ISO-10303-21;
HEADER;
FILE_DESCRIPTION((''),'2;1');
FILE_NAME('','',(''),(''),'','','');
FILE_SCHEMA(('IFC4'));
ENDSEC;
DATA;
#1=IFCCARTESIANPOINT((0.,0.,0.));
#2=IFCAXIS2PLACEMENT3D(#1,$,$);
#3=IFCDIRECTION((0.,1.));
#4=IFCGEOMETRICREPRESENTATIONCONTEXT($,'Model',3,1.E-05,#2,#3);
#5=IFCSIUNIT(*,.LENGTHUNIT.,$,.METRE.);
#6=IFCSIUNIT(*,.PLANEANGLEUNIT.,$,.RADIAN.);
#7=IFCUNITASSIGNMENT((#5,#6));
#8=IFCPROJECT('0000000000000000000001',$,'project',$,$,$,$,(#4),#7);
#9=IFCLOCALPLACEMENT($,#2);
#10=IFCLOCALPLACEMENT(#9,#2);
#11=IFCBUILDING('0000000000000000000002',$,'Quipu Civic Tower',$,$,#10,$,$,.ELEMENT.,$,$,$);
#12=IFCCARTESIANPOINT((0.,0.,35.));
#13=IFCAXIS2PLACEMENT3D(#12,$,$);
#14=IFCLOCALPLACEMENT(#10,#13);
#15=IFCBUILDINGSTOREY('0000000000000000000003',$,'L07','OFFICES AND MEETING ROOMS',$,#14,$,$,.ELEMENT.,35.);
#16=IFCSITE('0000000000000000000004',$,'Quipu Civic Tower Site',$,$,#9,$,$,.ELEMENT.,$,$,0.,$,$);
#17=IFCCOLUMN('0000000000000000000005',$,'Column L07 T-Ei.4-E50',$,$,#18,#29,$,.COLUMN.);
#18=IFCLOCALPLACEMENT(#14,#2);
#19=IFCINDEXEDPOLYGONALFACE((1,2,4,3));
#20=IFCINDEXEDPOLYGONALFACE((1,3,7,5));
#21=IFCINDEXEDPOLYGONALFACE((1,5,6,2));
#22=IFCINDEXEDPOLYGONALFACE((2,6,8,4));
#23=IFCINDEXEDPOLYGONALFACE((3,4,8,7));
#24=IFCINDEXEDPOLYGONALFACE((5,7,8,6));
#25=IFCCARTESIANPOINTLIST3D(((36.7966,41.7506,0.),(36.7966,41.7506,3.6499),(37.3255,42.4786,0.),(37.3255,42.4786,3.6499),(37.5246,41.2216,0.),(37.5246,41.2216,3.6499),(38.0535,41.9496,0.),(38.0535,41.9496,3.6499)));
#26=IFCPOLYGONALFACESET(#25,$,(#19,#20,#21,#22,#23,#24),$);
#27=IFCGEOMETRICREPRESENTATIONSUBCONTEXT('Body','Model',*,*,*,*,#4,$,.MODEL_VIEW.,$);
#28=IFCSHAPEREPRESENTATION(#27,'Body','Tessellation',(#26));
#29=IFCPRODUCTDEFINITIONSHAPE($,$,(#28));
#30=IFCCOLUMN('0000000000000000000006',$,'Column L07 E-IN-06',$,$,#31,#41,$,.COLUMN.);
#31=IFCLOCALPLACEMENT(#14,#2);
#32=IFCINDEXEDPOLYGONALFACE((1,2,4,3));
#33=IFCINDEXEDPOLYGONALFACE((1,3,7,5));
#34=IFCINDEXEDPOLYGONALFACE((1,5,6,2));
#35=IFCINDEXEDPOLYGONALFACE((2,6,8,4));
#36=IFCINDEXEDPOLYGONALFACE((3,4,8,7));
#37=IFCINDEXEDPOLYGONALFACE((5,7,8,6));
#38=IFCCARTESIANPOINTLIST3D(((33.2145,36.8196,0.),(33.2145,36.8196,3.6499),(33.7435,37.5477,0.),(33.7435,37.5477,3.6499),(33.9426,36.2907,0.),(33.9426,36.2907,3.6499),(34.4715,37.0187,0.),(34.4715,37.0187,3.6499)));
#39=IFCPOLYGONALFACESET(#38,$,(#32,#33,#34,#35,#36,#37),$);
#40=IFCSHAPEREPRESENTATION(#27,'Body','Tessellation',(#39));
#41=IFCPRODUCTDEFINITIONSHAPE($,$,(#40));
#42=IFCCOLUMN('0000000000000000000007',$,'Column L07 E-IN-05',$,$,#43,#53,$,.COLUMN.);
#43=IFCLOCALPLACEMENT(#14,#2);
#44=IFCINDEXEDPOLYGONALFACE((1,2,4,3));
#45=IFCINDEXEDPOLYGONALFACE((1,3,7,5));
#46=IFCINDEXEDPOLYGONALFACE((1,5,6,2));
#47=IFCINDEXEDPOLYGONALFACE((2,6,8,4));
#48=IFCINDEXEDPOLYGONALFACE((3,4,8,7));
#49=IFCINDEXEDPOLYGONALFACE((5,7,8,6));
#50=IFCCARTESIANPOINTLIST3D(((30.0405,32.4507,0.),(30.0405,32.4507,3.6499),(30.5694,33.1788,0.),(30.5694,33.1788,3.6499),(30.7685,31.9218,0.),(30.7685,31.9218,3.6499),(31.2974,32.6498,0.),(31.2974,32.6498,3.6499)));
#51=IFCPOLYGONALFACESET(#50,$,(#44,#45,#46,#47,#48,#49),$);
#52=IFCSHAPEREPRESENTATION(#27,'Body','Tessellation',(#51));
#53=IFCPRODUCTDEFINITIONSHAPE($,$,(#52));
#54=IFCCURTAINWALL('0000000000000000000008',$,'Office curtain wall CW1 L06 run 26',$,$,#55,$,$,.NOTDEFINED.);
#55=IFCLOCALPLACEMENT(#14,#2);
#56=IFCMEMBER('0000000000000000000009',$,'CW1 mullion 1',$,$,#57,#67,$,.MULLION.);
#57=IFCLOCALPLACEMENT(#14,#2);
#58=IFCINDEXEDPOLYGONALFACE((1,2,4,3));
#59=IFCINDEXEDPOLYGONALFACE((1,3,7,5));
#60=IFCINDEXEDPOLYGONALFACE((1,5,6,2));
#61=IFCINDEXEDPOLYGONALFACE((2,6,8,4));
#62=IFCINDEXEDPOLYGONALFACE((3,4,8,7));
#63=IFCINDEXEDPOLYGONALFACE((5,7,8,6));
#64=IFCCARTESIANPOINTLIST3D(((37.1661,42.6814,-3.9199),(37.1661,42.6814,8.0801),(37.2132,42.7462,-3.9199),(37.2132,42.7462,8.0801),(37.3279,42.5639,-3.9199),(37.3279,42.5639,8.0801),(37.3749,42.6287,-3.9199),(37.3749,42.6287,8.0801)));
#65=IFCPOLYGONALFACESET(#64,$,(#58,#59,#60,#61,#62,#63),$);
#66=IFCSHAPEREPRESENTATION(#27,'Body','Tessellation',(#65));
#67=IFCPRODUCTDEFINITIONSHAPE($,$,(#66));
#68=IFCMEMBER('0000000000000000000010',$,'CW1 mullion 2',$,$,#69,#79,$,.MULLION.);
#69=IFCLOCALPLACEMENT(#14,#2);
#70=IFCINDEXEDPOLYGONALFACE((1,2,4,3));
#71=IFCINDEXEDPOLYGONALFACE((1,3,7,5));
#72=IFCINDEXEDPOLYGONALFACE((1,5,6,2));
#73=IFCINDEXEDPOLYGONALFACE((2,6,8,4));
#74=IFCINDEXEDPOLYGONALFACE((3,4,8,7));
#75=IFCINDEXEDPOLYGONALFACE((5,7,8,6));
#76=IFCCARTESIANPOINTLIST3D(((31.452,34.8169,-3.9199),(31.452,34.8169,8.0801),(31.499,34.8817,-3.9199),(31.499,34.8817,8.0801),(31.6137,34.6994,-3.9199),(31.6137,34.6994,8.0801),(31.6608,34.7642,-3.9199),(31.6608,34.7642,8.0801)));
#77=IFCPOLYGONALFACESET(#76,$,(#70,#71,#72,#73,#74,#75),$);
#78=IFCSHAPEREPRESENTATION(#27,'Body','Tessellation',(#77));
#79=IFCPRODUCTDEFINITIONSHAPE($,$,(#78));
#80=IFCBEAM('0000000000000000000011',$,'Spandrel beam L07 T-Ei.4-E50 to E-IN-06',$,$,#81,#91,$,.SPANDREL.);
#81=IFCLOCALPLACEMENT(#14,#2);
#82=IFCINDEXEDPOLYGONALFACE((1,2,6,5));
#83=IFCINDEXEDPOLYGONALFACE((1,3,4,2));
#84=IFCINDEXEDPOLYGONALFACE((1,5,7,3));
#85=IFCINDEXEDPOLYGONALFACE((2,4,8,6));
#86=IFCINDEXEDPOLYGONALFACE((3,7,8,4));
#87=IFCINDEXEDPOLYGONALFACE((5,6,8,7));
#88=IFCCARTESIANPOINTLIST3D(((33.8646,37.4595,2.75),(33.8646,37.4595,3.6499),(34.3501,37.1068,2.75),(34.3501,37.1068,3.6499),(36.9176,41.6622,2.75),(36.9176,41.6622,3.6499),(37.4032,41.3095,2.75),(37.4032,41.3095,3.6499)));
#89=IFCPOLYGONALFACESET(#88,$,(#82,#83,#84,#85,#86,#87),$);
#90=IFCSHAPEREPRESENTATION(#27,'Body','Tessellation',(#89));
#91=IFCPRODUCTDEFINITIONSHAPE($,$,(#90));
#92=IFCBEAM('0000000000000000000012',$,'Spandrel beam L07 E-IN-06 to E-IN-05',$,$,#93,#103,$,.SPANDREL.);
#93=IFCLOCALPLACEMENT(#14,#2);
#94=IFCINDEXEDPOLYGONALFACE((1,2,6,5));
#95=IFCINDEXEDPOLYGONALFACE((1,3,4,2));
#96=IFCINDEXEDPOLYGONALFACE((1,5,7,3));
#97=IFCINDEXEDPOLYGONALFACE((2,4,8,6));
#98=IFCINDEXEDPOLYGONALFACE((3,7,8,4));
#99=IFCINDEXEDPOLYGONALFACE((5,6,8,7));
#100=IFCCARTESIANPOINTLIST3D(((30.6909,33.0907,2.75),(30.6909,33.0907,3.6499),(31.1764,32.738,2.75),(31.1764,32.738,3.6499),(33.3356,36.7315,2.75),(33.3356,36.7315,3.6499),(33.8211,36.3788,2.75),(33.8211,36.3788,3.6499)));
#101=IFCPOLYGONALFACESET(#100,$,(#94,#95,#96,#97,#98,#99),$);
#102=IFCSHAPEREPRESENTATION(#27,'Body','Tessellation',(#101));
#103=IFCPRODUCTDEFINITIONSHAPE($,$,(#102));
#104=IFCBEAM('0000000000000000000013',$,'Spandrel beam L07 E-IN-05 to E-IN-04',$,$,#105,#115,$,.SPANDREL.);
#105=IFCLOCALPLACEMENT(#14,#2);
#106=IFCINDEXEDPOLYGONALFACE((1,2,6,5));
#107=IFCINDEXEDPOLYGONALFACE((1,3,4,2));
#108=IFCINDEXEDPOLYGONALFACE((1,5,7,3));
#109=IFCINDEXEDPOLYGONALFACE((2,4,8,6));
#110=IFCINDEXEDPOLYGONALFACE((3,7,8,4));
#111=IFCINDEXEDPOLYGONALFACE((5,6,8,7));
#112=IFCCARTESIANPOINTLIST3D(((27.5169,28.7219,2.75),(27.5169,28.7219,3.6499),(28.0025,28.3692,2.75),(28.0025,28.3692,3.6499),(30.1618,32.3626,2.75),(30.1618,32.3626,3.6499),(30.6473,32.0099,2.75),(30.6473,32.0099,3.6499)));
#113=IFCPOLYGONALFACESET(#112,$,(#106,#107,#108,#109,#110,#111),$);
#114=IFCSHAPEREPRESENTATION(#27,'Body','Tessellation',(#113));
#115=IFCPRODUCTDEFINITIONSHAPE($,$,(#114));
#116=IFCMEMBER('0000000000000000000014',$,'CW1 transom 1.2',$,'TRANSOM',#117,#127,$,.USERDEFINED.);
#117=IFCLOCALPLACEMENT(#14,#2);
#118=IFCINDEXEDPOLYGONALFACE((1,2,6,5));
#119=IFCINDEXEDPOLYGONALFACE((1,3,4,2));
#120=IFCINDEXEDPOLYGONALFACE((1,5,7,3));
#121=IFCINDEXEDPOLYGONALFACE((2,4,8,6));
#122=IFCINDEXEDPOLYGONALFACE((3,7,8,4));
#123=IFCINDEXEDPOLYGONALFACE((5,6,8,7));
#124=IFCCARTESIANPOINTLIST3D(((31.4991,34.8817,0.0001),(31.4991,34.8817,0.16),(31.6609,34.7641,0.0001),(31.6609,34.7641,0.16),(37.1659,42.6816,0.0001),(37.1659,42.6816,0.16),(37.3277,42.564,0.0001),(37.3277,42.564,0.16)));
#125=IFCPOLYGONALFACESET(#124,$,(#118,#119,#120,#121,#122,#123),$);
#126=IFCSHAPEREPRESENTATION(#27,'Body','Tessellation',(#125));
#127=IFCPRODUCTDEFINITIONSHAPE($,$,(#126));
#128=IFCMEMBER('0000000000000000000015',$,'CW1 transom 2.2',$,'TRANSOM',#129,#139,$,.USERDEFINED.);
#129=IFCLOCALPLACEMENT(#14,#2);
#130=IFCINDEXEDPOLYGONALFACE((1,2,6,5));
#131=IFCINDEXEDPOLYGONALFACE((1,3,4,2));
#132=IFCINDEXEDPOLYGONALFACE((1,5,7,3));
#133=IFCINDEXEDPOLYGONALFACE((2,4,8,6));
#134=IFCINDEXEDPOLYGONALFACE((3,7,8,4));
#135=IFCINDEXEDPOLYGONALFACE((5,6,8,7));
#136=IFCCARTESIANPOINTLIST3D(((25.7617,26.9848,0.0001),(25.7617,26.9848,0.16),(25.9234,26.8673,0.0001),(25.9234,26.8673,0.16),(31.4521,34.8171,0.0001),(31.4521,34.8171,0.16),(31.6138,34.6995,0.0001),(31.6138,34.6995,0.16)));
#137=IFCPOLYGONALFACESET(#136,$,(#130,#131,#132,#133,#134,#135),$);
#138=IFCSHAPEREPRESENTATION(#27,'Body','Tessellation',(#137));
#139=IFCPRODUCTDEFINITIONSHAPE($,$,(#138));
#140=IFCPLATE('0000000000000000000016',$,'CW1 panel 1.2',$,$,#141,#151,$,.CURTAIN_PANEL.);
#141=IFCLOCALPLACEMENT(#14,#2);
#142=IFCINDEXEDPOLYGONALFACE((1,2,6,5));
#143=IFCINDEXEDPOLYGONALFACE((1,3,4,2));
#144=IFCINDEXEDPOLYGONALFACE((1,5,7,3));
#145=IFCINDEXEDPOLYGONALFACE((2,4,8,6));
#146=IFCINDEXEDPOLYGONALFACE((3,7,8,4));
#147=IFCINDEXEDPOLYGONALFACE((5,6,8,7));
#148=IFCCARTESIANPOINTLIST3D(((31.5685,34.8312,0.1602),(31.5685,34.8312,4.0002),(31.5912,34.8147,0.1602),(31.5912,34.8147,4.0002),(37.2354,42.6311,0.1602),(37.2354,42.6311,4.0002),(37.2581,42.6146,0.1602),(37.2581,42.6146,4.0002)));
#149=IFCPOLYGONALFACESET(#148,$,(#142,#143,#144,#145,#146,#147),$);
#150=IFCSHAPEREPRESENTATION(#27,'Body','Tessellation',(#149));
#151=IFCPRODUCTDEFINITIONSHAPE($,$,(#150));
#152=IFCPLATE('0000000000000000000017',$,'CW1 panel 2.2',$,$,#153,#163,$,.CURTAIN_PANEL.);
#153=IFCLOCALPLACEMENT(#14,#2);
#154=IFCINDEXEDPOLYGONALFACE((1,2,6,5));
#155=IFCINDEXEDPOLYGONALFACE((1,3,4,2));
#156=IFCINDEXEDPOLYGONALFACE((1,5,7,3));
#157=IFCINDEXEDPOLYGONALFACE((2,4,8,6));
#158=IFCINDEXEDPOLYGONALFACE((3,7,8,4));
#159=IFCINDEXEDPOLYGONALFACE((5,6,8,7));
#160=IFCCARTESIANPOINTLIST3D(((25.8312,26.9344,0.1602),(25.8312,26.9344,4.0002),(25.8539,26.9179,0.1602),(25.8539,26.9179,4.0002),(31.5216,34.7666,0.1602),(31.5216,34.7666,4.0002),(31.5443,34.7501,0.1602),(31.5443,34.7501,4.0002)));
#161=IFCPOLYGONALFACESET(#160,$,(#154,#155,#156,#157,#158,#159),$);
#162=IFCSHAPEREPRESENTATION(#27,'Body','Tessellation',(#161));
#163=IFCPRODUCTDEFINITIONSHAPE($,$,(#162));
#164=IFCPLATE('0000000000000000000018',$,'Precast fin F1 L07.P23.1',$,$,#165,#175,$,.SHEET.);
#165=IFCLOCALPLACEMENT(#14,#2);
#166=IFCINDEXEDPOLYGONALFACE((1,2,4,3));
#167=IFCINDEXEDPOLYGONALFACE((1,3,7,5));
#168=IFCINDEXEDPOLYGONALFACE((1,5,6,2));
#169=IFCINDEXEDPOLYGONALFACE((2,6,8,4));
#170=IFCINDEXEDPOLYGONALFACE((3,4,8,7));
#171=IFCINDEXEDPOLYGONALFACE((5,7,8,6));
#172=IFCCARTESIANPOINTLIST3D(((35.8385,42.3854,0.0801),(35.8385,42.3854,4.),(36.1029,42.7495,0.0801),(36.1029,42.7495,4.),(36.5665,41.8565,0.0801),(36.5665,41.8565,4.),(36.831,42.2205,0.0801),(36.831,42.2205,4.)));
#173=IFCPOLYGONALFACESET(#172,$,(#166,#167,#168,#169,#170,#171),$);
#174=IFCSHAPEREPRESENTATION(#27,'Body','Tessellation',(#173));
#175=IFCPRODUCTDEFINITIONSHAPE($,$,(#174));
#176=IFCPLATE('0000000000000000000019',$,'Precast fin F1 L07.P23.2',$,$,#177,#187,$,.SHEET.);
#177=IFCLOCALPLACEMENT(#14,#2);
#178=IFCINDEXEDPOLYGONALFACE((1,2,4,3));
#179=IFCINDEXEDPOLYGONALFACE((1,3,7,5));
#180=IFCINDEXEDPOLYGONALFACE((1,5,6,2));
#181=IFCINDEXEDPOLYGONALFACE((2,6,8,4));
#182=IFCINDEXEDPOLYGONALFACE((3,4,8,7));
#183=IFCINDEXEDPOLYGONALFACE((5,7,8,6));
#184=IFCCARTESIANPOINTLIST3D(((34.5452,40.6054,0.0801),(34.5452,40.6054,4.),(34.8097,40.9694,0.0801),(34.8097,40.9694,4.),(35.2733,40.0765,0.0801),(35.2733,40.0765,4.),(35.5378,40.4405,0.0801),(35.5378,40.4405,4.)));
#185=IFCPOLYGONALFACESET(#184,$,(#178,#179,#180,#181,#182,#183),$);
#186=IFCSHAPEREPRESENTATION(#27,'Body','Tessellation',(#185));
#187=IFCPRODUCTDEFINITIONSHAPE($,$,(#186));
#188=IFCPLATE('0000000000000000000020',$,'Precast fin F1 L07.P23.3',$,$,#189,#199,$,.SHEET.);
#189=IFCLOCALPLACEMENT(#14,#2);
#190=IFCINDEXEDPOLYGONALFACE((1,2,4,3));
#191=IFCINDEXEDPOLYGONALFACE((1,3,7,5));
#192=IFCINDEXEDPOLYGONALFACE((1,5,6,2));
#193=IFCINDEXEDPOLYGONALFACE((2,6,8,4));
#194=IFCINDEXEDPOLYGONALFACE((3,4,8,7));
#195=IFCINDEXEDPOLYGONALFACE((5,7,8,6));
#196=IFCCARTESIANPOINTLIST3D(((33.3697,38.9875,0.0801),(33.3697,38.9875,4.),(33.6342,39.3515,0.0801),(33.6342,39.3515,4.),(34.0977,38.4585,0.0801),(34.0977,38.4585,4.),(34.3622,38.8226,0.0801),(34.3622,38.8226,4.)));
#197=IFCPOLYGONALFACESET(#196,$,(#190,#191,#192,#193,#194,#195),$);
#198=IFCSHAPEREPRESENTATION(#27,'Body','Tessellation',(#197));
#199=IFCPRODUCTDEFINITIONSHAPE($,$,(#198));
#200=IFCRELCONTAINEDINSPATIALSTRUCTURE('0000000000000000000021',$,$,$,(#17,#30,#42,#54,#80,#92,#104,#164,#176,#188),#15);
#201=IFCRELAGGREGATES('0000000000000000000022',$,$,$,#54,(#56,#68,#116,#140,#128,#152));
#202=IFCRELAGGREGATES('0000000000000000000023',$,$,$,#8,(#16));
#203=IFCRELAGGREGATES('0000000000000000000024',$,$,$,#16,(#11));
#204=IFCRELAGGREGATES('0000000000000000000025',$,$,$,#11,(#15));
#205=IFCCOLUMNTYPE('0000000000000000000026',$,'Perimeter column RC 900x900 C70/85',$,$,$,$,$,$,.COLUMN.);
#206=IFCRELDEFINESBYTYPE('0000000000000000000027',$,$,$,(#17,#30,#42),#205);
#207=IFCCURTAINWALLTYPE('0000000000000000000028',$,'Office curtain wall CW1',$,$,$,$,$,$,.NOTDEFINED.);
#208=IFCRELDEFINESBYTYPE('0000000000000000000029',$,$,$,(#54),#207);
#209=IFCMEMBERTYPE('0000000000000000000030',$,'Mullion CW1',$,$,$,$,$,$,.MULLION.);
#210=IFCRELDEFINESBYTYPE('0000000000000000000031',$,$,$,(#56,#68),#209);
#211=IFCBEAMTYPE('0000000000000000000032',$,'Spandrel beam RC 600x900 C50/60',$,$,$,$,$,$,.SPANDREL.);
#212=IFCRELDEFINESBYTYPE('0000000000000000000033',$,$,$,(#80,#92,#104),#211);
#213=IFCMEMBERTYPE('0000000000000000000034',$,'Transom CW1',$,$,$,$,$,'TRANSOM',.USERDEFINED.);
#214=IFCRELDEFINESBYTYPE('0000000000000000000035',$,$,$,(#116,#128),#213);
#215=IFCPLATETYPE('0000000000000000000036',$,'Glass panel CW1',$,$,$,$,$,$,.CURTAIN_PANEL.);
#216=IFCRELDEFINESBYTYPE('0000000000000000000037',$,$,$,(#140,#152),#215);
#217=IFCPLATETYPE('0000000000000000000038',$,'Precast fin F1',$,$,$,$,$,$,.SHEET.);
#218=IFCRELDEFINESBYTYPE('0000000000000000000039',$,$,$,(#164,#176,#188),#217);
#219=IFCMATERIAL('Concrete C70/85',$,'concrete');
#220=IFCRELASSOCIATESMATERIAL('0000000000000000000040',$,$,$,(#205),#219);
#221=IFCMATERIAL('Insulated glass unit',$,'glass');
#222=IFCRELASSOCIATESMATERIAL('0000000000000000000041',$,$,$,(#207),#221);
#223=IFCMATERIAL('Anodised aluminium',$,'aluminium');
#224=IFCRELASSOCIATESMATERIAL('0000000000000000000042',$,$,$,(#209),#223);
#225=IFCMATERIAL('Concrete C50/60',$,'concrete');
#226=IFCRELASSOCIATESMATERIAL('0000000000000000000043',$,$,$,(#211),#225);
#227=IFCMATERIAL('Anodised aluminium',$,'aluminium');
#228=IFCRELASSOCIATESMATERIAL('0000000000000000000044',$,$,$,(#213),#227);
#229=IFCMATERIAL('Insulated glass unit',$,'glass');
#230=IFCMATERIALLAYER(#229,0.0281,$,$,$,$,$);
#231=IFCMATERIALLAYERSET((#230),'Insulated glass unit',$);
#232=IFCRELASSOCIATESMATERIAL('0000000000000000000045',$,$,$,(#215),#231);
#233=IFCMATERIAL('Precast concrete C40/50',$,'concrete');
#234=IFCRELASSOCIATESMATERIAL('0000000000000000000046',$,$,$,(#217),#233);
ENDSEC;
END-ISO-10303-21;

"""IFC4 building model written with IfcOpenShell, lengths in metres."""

from ifc_helpers import new_model, si_unit, direction, frame, origin, origin_2d, place, context, subcontext, project, spatial, rectangle, extrude, material, layer, layer_set, material_profile, profile_set, type_object, element, aggregate, save


model = new_model("IFC4")

# Units and contexts
model_context = context("Model", 3, precision=1e-05, world=origin(), true_north=direction((0.0, 1.0)))
body_context = subcontext(model_context, "Body", "Model", "MODEL_VIEW")
ifc_project = project(units=[si_unit("LENGTHUNIT", "METRE"), si_unit("PLANEANGLEUNIT", "RADIAN")], contexts=[model_context])

# Site, building, storey
site_placement = place(None, origin())
site = spatial("IfcSite", under=ifc_project, at=site_placement, Name="Quipu Civic Tower Site", CompositionType="ELEMENT", RefElevation=0.0)
building_placement = place(site_placement, origin())
building = spatial("IfcBuilding", under=site, at=building_placement, Name="Quipu Civic Tower", CompositionType="ELEMENT")
storey_placement = place(building_placement, frame((0.0, 0.0, 35.0)))
storey = spatial("IfcBuildingStorey", under=building, at=storey_placement, Name="L07", Description="OFFICES AND MEETING ROOMS", CompositionType="ELEMENT", Elevation=35.0)

# Columns
ifc_material_1 = material(Name="Concrete C70/85", Category="concrete")
ifc_material_profile_1 = material_profile(ifc_material_1, rectangle(XDim=0.8999, YDim=0.8999, at=origin_2d()), Name="RC900x900")
ifc_profile_set_1 = profile_set([ifc_material_profile_1], Name="Concrete C70/85")
column_type = type_object("IfcColumnType", Name="Perimeter column RC 900x900 C70/85", PredefinedType="COLUMN", material=ifc_profile_set_1)
for number, where, z_axis, x_axis, name in (
    (1, (37.425, 41.8501, 0.0), (0.0, 0.0, 1.0), (-0.587785, -0.809017, 0.0), "Column L07 T-Ei.4-E50"),
    (2, (33.843, 36.9192, 0.0), (0.0, 0.0, 1.0), (-0.587785, -0.809017, 0.0), "Column L07 E-IN-06"),
    (3, (30.6689, 32.5503, 0.0), (0.0, 0.0, 1.0), (-0.587785, -0.809017, 0.0), "Column L07 E-IN-05"),
):
    element("IfcColumn", number, at=place(storey_placement, frame(where, z_axis=z_axis, x_axis=x_axis)), inside=storey, type_object=column_type, Name=name, PredefinedType="COLUMN", context=body_context, shape_type="SweptSolid", body=[
        extrude(rectangle(XDim=0.8999, YDim=0.8999, at=origin_2d()), origin(), (0.0, 0.0, 1.0), 3.6499),
    ])

# Curtain wall, members
ifc_material_2 = material(Name="Insulated glass unit", Category="glass")
curtain_wall_type = type_object("IfcCurtainWallType", Name="Office curtain wall CW1", PredefinedType="NOTDEFINED", material=ifc_material_2)
curtain_wall_placement = place(storey_placement, origin())
curtain_wall = element("IfcCurtainWall", 4, at=curtain_wall_placement, inside=storey, type_object=curtain_wall_type, Name="Office curtain wall CW1 L06 run 26", PredefinedType="NOTDEFINED")
ifc_material_3 = material(Name="Anodised aluminium", Category="aluminium")
ifc_material_profile_2 = material_profile(ifc_material_3, rectangle(XDim=0.2, YDim=0.0801, at=origin_2d()), Name="RECT 200x80")
ifc_profile_set_2 = profile_set([ifc_material_profile_2], Name="Anodised aluminium")
member_type_1 = type_object("IfcMemberType", Name="Mullion CW1", PredefinedType="MULLION", material=ifc_profile_set_2)
member_1_placement = place(storey_placement, frame((37.2705, 42.655, -3.9199), z_axis=(0.0, 0.0, 1.0), x_axis=(0.809017, -0.587786, 0.0)))
member_1 = element("IfcMember", 5, at=member_1_placement, type_object=member_type_1, Name="CW1 mullion 1", PredefinedType="MULLION", context=body_context, shape_type="SweptSolid", body=[
    extrude(rectangle(XDim=0.2, YDim=0.0801, at=origin_2d()), origin(), (0.0, 0.0, 1.0), 12.0),
])
member_2_placement = place(storey_placement, frame((31.5564, 34.7905, -3.9199), z_axis=(0.0, 0.0, 1.0), x_axis=(0.809017, -0.587786, 0.0)))
member_2 = element("IfcMember", 6, at=member_2_placement, type_object=member_type_1, Name="CW1 mullion 2", PredefinedType="MULLION", context=body_context, shape_type="SweptSolid", body=[
    extrude(rectangle(XDim=0.2, YDim=0.0801, at=origin_2d()), origin(), (0.0, 0.0, 1.0), 12.0),
])

# Beams
ifc_material_4 = material(Name="Concrete C50/60", Category="concrete")
ifc_material_profile_3 = material_profile(ifc_material_4, rectangle(XDim=0.6001, YDim=0.8999, at=origin_2d()), Name="RC600x900")
ifc_profile_set_3 = profile_set([ifc_material_profile_3], Name="Concrete C50/60")
beam_type = type_object("IfcBeamType", Name="Spandrel beam RC 600x900 C50/60", PredefinedType="SPANDREL", material=ifc_profile_set_3)
beam_placement = place(storey_placement, frame((37.1604, 41.4858, 3.2), z_axis=(-0.587733, -0.809055, 0.0), x_axis=(0.809055, -0.587733, 0.0)))
element("IfcBeam", 7, at=beam_placement, inside=storey, type_object=beam_type, Name="Spandrel beam L07 T-Ei.4-E50 to E-IN-06", PredefinedType="SPANDREL", context=body_context, shape_type="SweptSolid", body=[
    extrude(rectangle(XDim=0.6001, YDim=0.8999, at=origin_2d()), origin(), (0.0, 0.0, 1.0), 5.1946),
])
for number, where, z_axis, x_axis, name in (
    (8, (33.5784, 36.5552, 3.2), (-0.587717, -0.809067, 0.0), (0.809067, -0.587717, 0.0), "Spandrel beam L07 E-IN-06 to E-IN-05"),
    (9, (30.4045, 32.1863, 3.2), (-0.587743, -0.809048, 0.0), (0.809048, -0.587743, 0.0), "Spandrel beam L07 E-IN-05 to E-IN-04"),
):
    element("IfcBeam", number, at=place(storey_placement, frame(where, z_axis=z_axis, x_axis=x_axis)), inside=storey, type_object=beam_type, Name=name, PredefinedType="SPANDREL", context=body_context, shape_type="SweptSolid", body=[
        extrude(rectangle(XDim=0.6001, YDim=0.8999, at=origin_2d()), origin(), (0.0, 0.0, 1.0), 4.5),
    ])

# Members
ifc_material_5 = material(Name="Anodised aluminium", Category="aluminium")
ifc_material_profile_4 = material_profile(ifc_material_5, rectangle(XDim=0.2, YDim=0.1599, at=origin_2d()), Name="RECT 200x160")
ifc_profile_set_4 = profile_set([ifc_material_profile_4], Name="Anodised aluminium")
member_type_2 = type_object("IfcMemberType", Name="Transom CW1", ElementType="TRANSOM", PredefinedType="USERDEFINED", material=ifc_profile_set_4)
member_3_placement = place(storey_placement, frame((37.2468, 42.6228, 0.0801), z_axis=(-0.587776, -0.809024, 0.0), x_axis=(0.809024, -0.587776, 0.0)))
member_3 = element("IfcMember", 10, at=member_3_placement, type_object=member_type_2, Name="CW1 transom 1.2", ObjectType="TRANSOM", PredefinedType="USERDEFINED", context=body_context, shape_type="SweptSolid", body=[
    extrude(rectangle(XDim=0.2, YDim=0.1599, at=origin_2d()), origin(), (0.0, 0.0, 1.0), 9.6411),
])
member_4_placement = place(storey_placement, frame((31.533, 34.7583, 0.0801), z_axis=(-0.587782, -0.80902, 0.0), x_axis=(0.80902, -0.587782, 0.0)))
member_4 = element("IfcMember", 11, at=member_4_placement, type_object=member_type_2, Name="CW1 transom 2.2", ObjectType="TRANSOM", PredefinedType="USERDEFINED", context=body_context, shape_type="SweptSolid", body=[
    extrude(rectangle(XDim=0.2, YDim=0.1599, at=origin_2d()), origin(), (0.0, 0.0, 1.0), 9.6812),
])

# Plates
ifc_material_6 = material(Name="Insulated glass unit", Category="glass")
ifc_layer_1 = layer(ifc_material_6, 0.0281)
ifc_layer_set_1 = layer_set([ifc_layer_1], Name="Insulated glass unit")
plate_type_1 = type_object("IfcPlateType", Name="Glass panel CW1", PredefinedType="CURTAIN_PANEL", material=ifc_layer_set_1)
plate_1_placement = place(storey_placement, frame((34.4133, 38.7229, 0.1602), z_axis=(0.0, 0.0, 1.0), x_axis=(-0.587786, -0.809017, 0.0)))
plate_1 = element("IfcPlate", 12, at=plate_1_placement, type_object=plate_type_1, Name="CW1 panel 1.2", PredefinedType="CURTAIN_PANEL", context=body_context, shape_type="SweptSolid", body=[
    extrude(rectangle(XDim=9.6411, YDim=0.0281, at=origin_2d()), origin(), (0.0, 0.0, 1.0), 3.8401),
])
plate_2_placement = place(storey_placement, frame((28.6877, 30.8423, 0.1602), z_axis=(0.0, 0.0, 1.0), x_axis=(-0.587786, -0.809017, 0.0)))
plate_2 = element("IfcPlate", 13, at=plate_2_placement, type_object=plate_type_1, Name="CW1 panel 2.2", PredefinedType="CURTAIN_PANEL", context=body_context, shape_type="SweptSolid", body=[
    extrude(rectangle(XDim=9.6812, YDim=0.0281, at=origin_2d()), origin(), (0.0, 0.0, 1.0), 3.8401),
])
aggregate(curtain_wall, [member_1, member_2, member_3, plate_1, member_4, plate_2])

# Plates
ifc_material_7 = material(Name="Precast concrete C40/50", Category="concrete")
plate_type_2 = type_object("IfcPlateType", Name="Precast fin F1", PredefinedType="SHEET", material=ifc_material_7)
for number, where, z_axis, x_axis, name in (
    (14, (36.3347, 42.303, 0.0801), (0.0, 0.0, 1.0), (-0.587785, -0.809017, 0.0), "Precast fin F1 L07.P23.1"),
    (15, (35.0415, 40.5229, 0.0801), (0.0, 0.0, 1.0), (-0.587785, -0.809017, 0.0), "Precast fin F1 L07.P23.2"),
    (16, (33.866, 38.905, 0.0801), (0.0, 0.0, 1.0), (-0.587785, -0.809017, 0.0), "Precast fin F1 L07.P23.3"),
):
    element("IfcPlate", number, at=place(storey_placement, frame(where, z_axis=z_axis, x_axis=x_axis)), inside=storey, type_object=plate_type_2, Name=name, PredefinedType="SHEET", context=body_context, shape_type="SweptSolid", body=[
        extrude(rectangle(XDim=0.45, YDim=0.8999, at=origin_2d()), origin(), (0.0, 0.0, 1.0), 3.9199),
    ])

save(model, "model.ifc")
